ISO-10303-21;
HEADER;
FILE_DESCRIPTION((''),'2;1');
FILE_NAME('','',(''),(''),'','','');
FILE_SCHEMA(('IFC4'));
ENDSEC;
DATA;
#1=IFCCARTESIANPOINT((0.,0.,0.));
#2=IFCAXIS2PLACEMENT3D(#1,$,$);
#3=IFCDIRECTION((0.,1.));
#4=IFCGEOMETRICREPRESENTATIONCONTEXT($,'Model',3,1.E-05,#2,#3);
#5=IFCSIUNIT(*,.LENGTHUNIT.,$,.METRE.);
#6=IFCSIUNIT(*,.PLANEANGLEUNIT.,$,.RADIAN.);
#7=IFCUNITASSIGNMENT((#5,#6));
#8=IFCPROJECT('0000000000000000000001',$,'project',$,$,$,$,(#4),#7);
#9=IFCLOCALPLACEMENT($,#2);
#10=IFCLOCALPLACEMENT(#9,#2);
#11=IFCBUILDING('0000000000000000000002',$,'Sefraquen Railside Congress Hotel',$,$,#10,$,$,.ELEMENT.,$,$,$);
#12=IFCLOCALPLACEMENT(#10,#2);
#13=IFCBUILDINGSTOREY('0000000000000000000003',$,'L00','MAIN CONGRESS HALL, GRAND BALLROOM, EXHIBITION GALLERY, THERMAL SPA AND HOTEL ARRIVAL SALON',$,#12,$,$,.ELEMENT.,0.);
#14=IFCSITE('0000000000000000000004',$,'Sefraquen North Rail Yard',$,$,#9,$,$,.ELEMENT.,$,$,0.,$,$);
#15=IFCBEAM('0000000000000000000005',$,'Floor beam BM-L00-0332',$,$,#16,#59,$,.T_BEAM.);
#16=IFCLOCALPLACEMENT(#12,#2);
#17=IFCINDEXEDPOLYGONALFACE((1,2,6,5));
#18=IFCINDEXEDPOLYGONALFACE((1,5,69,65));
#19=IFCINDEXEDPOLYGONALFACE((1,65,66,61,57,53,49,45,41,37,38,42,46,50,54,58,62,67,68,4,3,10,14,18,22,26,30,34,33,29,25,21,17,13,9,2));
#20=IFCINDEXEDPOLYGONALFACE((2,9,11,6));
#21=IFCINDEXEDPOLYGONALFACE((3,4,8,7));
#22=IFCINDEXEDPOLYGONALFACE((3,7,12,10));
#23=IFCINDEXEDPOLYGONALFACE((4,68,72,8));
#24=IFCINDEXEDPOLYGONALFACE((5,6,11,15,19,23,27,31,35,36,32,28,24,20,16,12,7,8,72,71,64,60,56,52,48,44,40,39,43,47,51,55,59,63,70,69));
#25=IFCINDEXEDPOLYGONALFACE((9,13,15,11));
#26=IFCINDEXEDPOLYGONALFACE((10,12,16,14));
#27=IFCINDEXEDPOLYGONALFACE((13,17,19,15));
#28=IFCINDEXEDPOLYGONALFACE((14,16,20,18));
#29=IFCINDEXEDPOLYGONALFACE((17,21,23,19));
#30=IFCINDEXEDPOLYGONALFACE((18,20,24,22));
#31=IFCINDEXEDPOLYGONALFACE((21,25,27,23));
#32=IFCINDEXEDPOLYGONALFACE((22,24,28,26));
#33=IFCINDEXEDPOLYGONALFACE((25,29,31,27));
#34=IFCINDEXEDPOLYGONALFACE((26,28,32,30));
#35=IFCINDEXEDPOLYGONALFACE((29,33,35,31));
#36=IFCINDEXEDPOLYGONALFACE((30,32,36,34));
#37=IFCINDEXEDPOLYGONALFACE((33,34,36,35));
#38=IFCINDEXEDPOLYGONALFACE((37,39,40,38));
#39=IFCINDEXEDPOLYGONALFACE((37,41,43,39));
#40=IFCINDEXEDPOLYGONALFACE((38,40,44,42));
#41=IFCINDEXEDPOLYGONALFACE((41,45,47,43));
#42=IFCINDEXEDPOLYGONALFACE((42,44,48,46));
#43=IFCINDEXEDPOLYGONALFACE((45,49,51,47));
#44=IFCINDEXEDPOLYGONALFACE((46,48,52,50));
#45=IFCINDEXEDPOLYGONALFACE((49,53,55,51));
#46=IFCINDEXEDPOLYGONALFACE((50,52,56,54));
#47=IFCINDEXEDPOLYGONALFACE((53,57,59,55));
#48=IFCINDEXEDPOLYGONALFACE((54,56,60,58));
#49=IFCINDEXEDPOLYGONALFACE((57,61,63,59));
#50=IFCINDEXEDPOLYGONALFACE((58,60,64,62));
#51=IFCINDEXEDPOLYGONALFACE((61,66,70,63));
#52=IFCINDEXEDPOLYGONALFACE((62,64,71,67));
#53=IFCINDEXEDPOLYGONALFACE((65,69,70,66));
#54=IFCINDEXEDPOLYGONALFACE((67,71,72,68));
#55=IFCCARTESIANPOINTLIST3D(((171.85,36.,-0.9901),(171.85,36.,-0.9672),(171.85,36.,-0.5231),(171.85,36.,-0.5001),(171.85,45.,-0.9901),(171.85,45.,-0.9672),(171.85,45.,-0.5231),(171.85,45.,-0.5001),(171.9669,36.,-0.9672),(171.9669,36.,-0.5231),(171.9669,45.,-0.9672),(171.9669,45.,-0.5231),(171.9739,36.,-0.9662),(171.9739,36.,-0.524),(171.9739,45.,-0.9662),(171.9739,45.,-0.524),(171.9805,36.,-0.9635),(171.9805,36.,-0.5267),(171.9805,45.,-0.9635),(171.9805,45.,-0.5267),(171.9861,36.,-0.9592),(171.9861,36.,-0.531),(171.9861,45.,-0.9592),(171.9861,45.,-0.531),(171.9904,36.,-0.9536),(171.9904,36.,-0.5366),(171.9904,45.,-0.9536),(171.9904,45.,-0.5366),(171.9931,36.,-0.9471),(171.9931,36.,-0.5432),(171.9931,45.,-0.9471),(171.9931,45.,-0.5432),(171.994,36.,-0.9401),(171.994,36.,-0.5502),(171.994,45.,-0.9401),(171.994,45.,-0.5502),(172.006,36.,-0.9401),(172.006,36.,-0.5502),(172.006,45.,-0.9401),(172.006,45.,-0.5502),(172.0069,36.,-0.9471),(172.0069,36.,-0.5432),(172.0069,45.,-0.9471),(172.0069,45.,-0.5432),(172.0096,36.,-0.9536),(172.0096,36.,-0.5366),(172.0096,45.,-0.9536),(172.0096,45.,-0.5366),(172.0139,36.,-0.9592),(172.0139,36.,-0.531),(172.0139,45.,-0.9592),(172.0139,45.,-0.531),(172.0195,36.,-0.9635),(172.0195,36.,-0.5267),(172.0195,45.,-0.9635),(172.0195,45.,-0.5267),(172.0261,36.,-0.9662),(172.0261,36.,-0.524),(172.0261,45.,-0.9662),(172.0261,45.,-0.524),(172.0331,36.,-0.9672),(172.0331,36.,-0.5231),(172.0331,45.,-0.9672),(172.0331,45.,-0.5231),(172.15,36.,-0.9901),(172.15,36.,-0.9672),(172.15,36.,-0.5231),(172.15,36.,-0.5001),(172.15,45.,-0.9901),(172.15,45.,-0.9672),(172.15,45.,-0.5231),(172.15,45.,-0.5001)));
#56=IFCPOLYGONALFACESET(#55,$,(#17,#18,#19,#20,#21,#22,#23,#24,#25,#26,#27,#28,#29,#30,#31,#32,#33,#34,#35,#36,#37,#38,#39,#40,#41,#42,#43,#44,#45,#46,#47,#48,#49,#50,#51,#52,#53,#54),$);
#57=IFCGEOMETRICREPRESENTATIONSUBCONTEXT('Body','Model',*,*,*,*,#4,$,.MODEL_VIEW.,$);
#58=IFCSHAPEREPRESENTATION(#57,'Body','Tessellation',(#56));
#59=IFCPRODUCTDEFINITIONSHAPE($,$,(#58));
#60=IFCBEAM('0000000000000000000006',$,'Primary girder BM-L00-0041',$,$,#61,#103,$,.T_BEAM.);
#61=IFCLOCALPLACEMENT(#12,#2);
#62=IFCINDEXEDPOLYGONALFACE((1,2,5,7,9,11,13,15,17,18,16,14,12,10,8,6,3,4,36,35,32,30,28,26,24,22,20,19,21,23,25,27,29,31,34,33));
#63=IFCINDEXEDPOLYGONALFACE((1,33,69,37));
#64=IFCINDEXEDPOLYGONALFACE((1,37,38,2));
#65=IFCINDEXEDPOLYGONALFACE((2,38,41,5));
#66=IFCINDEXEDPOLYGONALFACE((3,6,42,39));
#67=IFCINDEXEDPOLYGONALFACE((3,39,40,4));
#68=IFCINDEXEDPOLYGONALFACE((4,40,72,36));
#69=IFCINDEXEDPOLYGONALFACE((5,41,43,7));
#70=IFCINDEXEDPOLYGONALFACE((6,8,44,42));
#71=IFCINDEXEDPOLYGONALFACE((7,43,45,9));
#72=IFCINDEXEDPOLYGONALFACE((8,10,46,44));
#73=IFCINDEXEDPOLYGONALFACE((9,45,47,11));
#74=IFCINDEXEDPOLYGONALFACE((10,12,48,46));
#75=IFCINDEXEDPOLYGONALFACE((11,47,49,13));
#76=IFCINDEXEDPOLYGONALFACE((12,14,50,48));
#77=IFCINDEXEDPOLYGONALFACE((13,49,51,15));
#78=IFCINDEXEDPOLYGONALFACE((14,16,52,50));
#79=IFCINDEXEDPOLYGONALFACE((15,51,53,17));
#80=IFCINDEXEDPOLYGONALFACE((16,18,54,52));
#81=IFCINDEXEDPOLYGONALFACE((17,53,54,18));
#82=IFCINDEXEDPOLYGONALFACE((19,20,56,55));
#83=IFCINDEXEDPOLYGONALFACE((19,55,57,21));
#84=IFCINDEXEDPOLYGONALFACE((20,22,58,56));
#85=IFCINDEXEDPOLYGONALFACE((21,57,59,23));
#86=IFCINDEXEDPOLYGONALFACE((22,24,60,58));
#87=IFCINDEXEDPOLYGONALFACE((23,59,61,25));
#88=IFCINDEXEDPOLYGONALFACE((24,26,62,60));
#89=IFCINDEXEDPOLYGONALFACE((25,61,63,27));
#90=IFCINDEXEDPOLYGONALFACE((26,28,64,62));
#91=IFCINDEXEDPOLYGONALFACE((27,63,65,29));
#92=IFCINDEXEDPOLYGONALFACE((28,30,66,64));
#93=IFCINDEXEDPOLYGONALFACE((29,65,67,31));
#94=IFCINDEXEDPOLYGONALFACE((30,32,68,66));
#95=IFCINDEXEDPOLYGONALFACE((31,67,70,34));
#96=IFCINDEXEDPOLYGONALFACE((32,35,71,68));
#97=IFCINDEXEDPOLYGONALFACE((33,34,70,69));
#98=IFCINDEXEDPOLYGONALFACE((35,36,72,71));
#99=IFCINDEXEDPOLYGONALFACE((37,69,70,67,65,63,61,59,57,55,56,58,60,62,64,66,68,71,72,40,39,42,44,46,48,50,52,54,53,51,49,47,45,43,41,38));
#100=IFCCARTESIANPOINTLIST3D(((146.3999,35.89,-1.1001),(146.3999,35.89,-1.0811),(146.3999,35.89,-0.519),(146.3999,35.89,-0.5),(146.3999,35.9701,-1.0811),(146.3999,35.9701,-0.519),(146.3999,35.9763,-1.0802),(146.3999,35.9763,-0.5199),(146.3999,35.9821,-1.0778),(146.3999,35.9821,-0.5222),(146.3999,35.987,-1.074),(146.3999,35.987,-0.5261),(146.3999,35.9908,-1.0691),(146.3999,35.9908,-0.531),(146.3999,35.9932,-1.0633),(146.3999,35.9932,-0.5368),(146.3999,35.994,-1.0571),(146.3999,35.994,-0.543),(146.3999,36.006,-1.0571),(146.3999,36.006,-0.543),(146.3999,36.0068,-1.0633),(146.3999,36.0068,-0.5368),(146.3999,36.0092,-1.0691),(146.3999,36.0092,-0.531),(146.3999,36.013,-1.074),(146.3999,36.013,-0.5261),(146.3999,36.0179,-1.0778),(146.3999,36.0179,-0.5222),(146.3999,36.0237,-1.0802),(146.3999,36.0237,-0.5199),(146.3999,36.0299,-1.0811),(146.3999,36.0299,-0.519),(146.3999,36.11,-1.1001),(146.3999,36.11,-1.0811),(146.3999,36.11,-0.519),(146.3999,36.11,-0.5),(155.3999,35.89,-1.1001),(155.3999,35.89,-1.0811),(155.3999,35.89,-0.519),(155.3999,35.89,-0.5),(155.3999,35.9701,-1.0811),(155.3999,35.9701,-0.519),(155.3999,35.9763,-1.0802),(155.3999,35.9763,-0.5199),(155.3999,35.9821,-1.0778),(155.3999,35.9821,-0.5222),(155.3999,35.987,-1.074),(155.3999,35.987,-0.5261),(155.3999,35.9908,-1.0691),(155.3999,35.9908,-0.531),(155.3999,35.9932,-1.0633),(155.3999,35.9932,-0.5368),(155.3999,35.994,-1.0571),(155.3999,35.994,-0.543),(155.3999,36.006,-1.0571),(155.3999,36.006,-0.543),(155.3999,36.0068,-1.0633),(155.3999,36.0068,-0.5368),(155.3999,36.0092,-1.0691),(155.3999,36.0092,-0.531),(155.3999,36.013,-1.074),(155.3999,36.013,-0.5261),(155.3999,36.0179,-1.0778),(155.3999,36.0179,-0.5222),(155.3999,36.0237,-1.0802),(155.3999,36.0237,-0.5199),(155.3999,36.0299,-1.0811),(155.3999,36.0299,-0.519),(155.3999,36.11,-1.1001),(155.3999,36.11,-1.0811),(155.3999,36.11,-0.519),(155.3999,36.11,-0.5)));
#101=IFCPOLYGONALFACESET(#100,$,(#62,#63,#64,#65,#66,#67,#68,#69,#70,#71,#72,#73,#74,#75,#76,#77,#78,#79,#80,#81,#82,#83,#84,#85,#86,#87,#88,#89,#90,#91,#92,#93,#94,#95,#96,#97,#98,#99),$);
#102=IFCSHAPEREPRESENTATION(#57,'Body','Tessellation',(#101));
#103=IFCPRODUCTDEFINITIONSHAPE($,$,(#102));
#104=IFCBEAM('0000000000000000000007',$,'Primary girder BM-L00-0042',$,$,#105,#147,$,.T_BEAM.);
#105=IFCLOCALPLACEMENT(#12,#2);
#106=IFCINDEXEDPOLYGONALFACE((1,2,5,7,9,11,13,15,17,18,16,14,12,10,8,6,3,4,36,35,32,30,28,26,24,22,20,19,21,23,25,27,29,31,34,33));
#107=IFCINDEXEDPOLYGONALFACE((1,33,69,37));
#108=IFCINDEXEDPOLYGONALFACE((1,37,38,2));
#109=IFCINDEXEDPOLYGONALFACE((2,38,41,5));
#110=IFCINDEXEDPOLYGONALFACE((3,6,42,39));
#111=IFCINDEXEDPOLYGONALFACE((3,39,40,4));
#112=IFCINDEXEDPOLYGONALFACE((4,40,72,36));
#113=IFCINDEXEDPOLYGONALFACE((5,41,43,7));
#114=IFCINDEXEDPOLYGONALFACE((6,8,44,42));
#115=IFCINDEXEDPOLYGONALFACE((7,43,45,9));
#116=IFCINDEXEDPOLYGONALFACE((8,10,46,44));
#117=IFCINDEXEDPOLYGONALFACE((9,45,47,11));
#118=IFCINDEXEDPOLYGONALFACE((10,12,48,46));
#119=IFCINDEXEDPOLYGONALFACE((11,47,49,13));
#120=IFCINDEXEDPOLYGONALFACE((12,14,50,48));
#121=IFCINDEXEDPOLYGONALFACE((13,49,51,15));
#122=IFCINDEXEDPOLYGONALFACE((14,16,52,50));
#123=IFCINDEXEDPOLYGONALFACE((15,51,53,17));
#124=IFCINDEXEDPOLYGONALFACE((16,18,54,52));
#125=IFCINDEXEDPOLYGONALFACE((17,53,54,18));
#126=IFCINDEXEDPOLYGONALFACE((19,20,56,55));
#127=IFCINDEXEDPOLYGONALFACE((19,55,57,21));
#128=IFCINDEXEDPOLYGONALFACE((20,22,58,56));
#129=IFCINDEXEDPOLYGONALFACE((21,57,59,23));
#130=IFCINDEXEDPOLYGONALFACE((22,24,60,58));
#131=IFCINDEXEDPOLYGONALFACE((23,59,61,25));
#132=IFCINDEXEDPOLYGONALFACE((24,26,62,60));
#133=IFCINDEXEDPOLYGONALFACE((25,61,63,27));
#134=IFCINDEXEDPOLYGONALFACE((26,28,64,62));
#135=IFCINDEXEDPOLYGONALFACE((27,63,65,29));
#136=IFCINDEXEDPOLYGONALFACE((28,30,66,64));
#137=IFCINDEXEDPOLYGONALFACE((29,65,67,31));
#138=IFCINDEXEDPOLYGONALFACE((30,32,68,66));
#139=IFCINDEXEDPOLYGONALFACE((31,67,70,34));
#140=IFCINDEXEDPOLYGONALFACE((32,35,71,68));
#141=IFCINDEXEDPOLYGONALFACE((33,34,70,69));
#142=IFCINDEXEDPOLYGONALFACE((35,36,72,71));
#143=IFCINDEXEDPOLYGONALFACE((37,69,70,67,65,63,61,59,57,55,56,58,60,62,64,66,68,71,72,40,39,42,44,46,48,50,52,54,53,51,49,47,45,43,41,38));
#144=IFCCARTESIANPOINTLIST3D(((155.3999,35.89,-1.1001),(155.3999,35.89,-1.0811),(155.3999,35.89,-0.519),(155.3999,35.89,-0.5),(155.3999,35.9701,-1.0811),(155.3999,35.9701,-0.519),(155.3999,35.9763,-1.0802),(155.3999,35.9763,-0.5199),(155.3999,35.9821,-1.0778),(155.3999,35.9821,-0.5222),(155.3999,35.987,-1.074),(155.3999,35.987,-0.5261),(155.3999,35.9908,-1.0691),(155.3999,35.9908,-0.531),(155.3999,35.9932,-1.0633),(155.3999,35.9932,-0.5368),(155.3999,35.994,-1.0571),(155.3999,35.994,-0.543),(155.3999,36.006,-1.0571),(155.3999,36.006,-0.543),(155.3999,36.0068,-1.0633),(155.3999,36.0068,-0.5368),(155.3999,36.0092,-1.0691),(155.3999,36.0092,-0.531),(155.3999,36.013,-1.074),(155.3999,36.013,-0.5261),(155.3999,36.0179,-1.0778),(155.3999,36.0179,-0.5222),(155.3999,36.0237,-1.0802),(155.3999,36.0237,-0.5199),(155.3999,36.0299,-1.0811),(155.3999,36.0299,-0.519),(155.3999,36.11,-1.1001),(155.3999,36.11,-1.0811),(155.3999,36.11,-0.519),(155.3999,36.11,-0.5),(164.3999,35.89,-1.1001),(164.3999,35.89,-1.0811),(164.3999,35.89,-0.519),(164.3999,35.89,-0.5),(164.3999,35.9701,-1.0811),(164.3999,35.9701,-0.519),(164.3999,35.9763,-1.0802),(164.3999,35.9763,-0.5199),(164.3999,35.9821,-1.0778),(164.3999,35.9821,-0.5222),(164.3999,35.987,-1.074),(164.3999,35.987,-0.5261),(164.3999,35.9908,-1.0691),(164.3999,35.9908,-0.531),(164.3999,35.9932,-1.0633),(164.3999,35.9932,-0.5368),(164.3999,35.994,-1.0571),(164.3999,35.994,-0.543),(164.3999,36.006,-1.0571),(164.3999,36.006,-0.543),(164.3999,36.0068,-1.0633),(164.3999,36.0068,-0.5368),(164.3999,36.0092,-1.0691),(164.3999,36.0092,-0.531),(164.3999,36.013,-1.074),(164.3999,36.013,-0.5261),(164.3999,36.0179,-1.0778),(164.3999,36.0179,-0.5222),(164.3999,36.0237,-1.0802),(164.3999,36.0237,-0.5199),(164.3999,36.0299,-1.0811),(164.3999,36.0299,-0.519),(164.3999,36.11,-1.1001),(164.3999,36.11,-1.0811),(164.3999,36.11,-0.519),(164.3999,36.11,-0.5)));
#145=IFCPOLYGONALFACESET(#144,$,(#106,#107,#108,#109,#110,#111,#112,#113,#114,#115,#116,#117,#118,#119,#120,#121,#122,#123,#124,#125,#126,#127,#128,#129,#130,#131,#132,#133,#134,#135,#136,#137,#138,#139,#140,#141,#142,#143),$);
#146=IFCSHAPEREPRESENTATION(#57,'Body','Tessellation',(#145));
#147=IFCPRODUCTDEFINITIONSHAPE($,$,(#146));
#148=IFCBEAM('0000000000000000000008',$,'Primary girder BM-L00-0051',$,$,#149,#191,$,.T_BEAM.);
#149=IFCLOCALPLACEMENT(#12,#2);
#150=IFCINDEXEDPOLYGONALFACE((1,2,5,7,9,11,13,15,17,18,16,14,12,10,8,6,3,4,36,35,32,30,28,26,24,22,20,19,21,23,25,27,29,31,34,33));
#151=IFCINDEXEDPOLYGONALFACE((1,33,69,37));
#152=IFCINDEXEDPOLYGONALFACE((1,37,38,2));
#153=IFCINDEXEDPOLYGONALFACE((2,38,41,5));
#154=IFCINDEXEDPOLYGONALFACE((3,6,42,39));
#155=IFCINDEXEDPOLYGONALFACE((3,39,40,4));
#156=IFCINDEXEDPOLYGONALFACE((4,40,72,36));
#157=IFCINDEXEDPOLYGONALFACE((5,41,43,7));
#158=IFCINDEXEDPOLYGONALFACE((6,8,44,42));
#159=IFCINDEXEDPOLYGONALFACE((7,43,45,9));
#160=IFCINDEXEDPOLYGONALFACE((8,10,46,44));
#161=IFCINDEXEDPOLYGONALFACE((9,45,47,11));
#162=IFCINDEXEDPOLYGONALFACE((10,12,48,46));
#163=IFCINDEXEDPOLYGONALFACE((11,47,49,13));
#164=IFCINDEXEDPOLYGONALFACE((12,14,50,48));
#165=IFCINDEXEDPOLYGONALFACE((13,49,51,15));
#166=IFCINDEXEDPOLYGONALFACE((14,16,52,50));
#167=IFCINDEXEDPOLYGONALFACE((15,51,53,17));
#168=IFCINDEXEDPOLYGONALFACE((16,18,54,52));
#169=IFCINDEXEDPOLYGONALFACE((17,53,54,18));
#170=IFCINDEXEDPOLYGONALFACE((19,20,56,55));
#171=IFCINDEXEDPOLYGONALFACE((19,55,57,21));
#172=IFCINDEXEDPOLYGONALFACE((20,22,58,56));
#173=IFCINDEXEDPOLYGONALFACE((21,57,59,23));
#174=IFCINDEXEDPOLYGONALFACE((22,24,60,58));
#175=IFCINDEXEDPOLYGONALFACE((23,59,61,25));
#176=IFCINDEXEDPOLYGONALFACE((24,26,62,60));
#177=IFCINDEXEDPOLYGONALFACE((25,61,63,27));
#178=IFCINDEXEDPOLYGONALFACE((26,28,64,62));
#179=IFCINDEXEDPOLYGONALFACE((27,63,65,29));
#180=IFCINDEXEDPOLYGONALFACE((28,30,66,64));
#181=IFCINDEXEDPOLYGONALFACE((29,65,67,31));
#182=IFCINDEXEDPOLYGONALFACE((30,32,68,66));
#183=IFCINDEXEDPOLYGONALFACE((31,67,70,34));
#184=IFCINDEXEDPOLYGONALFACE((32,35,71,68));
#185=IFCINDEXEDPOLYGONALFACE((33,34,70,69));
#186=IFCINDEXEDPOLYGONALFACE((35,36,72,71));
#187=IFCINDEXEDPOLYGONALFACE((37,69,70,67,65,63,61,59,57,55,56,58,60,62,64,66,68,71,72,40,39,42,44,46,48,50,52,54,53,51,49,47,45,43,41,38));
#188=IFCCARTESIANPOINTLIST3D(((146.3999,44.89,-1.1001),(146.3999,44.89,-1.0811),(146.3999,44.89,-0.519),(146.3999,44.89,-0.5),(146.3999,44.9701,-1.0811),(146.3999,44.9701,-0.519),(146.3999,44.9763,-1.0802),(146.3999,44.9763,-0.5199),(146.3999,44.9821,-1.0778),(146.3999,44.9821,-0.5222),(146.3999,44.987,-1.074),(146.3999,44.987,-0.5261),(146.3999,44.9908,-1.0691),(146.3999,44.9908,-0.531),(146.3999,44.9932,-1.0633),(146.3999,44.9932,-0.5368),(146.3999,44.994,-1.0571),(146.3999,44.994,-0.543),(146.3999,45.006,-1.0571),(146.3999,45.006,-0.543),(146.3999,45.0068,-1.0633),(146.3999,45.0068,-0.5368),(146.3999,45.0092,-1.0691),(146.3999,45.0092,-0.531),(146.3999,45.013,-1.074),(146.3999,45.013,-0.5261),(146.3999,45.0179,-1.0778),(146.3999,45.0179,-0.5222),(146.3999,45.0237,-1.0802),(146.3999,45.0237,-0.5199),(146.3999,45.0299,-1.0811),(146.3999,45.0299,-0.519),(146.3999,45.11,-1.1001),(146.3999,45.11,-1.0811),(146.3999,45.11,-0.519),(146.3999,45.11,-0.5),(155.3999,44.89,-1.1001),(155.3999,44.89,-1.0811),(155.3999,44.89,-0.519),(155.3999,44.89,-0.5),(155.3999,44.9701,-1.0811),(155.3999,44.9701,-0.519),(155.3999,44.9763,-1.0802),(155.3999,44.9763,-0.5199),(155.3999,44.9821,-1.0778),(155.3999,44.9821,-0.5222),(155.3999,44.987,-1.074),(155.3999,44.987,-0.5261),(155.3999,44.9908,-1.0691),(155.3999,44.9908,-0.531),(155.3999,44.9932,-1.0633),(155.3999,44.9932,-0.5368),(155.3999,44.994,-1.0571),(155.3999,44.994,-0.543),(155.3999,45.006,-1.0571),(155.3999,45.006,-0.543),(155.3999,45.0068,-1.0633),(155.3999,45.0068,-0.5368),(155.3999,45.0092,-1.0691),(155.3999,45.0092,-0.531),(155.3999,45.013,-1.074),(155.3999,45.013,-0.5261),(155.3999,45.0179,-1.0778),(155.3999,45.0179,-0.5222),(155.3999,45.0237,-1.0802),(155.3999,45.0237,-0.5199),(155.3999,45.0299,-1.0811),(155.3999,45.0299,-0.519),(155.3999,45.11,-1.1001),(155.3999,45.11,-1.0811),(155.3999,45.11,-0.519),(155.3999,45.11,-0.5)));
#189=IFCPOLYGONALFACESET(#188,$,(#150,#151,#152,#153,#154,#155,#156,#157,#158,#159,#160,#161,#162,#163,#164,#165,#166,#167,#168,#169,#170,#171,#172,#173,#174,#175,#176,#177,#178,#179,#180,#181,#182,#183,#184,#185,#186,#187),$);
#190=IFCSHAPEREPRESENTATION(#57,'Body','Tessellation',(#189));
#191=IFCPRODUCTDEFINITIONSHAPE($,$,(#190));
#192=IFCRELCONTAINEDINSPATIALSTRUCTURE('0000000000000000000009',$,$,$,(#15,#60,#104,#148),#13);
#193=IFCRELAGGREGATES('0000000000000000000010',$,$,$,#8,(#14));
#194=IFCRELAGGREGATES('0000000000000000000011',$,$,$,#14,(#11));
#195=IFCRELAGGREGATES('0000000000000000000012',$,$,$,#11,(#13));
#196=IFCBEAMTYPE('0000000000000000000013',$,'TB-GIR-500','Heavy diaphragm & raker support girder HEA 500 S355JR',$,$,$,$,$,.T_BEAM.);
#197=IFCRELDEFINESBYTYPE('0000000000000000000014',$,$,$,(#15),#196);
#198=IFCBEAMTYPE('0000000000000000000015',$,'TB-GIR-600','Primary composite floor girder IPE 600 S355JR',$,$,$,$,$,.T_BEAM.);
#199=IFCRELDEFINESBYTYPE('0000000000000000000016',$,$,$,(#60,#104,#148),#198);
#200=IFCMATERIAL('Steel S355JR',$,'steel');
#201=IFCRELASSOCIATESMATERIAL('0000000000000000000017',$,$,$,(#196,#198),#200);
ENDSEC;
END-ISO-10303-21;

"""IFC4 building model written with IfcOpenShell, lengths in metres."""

from ifc_helpers import new_model, si_unit, direction, frame, origin, origin_2d, place, context, subcontext, project, spatial, i_section, extrude, material, material_profile, profile_set, type_object, element, save


model = new_model("IFC4")

# Units and contexts
model_context = context("Model", 3, precision=1e-05, world=origin(), true_north=direction((0.0, 1.0)))
body_context = subcontext(model_context, "Body", "Model", "MODEL_VIEW")
ifc_project = project(units=[si_unit("LENGTHUNIT", "METRE"), si_unit("PLANEANGLEUNIT", "RADIAN")], contexts=[model_context])

# Site, building, storey
site_placement = place(None, origin())
site = spatial("IfcSite", under=ifc_project, at=site_placement, Name="Sefraquen North Rail Yard", CompositionType="ELEMENT", RefElevation=0.0)
building_placement = place(site_placement, origin())
building = spatial("IfcBuilding", under=site, at=building_placement, Name="Sefraquen Railside Congress Hotel", CompositionType="ELEMENT")
storey_placement = place(building_placement, origin())
storey = spatial("IfcBuildingStorey", under=building, at=storey_placement, Name="L00", Description="MAIN CONGRESS HALL, GRAND BALLROOM, EXHIBITION GALLERY, THERMAL SPA AND HOTEL ARRIVAL SALON", CompositionType="ELEMENT", Elevation=0.0)

# Shared definitions
ifc_material_1 = material(Name="Steel S355JR", Category="steel")

# Beams
ifc_material_profile_1 = material_profile(ifc_material_1, i_section(OverallWidth=0.3, OverallDepth=0.49, WebThickness=0.012, FlangeThickness=0.0229, FilletRadius=0.0271, at=origin_2d()), Name="HEA 500")
ifc_profile_set_1 = profile_set([ifc_material_profile_1], Name="Steel S355JR")
beam_type_1 = type_object("IfcBeamType", Name="TB-GIR-500", Description="Heavy diaphragm & raker support girder HEA 500 S355JR", PredefinedType="T_BEAM", material=ifc_profile_set_1)
for number, where, z_axis, x_axis, name in (
    (1, (172.0, 36.0, -0.7451), (0.0, 1.0, 0.0), (-1.0, 0.0, 0.0), "Floor beam BM-L00-0332"),
):
    element("IfcBeam", number, at=place(storey_placement, frame(where, z_axis=z_axis, x_axis=x_axis)), inside=storey, type_object=beam_type_1, Name=name, PredefinedType="T_BEAM", context=body_context, shape_type="SweptSolid", body=[
        extrude(i_section(OverallWidth=0.3, OverallDepth=0.49, WebThickness=0.012, FlangeThickness=0.0229, FilletRadius=0.0271, at=origin_2d()), origin(), (0.0, 0.0, 1.0), 9.0),
    ])
ifc_material_profile_2 = material_profile(ifc_material_1, i_section(OverallWidth=0.22, OverallDepth=0.6001, WebThickness=0.012, FlangeThickness=0.019, FilletRadius=0.0239, at=origin_2d()), Name="IPE 600")
ifc_profile_set_2 = profile_set([ifc_material_profile_2], Name="Steel S355JR")
beam_type_2 = type_object("IfcBeamType", Name="TB-GIR-600", Description="Primary composite floor girder IPE 600 S355JR", PredefinedType="T_BEAM", material=ifc_profile_set_2)
for number, where, z_axis, x_axis, name in (
    (2, (146.3999, 36.0, -0.8), (1.0, 0.0, 0.0), (0.0, 1.0, 0.0), "Primary girder BM-L00-0041"),
    (3, (155.3999, 36.0, -0.8), (1.0, 0.0, 0.0), (0.0, 1.0, 0.0), "Primary girder BM-L00-0042"),
    (4, (146.3999, 45.0, -0.8), (1.0, 0.0, 0.0), (0.0, 1.0, 0.0), "Primary girder BM-L00-0051"),
):
    element("IfcBeam", number, at=place(storey_placement, frame(where, z_axis=z_axis, x_axis=x_axis)), inside=storey, type_object=beam_type_2, Name=name, PredefinedType="T_BEAM", context=body_context, shape_type="SweptSolid", body=[
        extrude(i_section(OverallWidth=0.22, OverallDepth=0.6001, WebThickness=0.012, FlangeThickness=0.019, FilletRadius=0.0239, at=origin_2d()), origin(), (0.0, 0.0, 1.0), 9.0),
    ])

save(model, "model.ifc")
